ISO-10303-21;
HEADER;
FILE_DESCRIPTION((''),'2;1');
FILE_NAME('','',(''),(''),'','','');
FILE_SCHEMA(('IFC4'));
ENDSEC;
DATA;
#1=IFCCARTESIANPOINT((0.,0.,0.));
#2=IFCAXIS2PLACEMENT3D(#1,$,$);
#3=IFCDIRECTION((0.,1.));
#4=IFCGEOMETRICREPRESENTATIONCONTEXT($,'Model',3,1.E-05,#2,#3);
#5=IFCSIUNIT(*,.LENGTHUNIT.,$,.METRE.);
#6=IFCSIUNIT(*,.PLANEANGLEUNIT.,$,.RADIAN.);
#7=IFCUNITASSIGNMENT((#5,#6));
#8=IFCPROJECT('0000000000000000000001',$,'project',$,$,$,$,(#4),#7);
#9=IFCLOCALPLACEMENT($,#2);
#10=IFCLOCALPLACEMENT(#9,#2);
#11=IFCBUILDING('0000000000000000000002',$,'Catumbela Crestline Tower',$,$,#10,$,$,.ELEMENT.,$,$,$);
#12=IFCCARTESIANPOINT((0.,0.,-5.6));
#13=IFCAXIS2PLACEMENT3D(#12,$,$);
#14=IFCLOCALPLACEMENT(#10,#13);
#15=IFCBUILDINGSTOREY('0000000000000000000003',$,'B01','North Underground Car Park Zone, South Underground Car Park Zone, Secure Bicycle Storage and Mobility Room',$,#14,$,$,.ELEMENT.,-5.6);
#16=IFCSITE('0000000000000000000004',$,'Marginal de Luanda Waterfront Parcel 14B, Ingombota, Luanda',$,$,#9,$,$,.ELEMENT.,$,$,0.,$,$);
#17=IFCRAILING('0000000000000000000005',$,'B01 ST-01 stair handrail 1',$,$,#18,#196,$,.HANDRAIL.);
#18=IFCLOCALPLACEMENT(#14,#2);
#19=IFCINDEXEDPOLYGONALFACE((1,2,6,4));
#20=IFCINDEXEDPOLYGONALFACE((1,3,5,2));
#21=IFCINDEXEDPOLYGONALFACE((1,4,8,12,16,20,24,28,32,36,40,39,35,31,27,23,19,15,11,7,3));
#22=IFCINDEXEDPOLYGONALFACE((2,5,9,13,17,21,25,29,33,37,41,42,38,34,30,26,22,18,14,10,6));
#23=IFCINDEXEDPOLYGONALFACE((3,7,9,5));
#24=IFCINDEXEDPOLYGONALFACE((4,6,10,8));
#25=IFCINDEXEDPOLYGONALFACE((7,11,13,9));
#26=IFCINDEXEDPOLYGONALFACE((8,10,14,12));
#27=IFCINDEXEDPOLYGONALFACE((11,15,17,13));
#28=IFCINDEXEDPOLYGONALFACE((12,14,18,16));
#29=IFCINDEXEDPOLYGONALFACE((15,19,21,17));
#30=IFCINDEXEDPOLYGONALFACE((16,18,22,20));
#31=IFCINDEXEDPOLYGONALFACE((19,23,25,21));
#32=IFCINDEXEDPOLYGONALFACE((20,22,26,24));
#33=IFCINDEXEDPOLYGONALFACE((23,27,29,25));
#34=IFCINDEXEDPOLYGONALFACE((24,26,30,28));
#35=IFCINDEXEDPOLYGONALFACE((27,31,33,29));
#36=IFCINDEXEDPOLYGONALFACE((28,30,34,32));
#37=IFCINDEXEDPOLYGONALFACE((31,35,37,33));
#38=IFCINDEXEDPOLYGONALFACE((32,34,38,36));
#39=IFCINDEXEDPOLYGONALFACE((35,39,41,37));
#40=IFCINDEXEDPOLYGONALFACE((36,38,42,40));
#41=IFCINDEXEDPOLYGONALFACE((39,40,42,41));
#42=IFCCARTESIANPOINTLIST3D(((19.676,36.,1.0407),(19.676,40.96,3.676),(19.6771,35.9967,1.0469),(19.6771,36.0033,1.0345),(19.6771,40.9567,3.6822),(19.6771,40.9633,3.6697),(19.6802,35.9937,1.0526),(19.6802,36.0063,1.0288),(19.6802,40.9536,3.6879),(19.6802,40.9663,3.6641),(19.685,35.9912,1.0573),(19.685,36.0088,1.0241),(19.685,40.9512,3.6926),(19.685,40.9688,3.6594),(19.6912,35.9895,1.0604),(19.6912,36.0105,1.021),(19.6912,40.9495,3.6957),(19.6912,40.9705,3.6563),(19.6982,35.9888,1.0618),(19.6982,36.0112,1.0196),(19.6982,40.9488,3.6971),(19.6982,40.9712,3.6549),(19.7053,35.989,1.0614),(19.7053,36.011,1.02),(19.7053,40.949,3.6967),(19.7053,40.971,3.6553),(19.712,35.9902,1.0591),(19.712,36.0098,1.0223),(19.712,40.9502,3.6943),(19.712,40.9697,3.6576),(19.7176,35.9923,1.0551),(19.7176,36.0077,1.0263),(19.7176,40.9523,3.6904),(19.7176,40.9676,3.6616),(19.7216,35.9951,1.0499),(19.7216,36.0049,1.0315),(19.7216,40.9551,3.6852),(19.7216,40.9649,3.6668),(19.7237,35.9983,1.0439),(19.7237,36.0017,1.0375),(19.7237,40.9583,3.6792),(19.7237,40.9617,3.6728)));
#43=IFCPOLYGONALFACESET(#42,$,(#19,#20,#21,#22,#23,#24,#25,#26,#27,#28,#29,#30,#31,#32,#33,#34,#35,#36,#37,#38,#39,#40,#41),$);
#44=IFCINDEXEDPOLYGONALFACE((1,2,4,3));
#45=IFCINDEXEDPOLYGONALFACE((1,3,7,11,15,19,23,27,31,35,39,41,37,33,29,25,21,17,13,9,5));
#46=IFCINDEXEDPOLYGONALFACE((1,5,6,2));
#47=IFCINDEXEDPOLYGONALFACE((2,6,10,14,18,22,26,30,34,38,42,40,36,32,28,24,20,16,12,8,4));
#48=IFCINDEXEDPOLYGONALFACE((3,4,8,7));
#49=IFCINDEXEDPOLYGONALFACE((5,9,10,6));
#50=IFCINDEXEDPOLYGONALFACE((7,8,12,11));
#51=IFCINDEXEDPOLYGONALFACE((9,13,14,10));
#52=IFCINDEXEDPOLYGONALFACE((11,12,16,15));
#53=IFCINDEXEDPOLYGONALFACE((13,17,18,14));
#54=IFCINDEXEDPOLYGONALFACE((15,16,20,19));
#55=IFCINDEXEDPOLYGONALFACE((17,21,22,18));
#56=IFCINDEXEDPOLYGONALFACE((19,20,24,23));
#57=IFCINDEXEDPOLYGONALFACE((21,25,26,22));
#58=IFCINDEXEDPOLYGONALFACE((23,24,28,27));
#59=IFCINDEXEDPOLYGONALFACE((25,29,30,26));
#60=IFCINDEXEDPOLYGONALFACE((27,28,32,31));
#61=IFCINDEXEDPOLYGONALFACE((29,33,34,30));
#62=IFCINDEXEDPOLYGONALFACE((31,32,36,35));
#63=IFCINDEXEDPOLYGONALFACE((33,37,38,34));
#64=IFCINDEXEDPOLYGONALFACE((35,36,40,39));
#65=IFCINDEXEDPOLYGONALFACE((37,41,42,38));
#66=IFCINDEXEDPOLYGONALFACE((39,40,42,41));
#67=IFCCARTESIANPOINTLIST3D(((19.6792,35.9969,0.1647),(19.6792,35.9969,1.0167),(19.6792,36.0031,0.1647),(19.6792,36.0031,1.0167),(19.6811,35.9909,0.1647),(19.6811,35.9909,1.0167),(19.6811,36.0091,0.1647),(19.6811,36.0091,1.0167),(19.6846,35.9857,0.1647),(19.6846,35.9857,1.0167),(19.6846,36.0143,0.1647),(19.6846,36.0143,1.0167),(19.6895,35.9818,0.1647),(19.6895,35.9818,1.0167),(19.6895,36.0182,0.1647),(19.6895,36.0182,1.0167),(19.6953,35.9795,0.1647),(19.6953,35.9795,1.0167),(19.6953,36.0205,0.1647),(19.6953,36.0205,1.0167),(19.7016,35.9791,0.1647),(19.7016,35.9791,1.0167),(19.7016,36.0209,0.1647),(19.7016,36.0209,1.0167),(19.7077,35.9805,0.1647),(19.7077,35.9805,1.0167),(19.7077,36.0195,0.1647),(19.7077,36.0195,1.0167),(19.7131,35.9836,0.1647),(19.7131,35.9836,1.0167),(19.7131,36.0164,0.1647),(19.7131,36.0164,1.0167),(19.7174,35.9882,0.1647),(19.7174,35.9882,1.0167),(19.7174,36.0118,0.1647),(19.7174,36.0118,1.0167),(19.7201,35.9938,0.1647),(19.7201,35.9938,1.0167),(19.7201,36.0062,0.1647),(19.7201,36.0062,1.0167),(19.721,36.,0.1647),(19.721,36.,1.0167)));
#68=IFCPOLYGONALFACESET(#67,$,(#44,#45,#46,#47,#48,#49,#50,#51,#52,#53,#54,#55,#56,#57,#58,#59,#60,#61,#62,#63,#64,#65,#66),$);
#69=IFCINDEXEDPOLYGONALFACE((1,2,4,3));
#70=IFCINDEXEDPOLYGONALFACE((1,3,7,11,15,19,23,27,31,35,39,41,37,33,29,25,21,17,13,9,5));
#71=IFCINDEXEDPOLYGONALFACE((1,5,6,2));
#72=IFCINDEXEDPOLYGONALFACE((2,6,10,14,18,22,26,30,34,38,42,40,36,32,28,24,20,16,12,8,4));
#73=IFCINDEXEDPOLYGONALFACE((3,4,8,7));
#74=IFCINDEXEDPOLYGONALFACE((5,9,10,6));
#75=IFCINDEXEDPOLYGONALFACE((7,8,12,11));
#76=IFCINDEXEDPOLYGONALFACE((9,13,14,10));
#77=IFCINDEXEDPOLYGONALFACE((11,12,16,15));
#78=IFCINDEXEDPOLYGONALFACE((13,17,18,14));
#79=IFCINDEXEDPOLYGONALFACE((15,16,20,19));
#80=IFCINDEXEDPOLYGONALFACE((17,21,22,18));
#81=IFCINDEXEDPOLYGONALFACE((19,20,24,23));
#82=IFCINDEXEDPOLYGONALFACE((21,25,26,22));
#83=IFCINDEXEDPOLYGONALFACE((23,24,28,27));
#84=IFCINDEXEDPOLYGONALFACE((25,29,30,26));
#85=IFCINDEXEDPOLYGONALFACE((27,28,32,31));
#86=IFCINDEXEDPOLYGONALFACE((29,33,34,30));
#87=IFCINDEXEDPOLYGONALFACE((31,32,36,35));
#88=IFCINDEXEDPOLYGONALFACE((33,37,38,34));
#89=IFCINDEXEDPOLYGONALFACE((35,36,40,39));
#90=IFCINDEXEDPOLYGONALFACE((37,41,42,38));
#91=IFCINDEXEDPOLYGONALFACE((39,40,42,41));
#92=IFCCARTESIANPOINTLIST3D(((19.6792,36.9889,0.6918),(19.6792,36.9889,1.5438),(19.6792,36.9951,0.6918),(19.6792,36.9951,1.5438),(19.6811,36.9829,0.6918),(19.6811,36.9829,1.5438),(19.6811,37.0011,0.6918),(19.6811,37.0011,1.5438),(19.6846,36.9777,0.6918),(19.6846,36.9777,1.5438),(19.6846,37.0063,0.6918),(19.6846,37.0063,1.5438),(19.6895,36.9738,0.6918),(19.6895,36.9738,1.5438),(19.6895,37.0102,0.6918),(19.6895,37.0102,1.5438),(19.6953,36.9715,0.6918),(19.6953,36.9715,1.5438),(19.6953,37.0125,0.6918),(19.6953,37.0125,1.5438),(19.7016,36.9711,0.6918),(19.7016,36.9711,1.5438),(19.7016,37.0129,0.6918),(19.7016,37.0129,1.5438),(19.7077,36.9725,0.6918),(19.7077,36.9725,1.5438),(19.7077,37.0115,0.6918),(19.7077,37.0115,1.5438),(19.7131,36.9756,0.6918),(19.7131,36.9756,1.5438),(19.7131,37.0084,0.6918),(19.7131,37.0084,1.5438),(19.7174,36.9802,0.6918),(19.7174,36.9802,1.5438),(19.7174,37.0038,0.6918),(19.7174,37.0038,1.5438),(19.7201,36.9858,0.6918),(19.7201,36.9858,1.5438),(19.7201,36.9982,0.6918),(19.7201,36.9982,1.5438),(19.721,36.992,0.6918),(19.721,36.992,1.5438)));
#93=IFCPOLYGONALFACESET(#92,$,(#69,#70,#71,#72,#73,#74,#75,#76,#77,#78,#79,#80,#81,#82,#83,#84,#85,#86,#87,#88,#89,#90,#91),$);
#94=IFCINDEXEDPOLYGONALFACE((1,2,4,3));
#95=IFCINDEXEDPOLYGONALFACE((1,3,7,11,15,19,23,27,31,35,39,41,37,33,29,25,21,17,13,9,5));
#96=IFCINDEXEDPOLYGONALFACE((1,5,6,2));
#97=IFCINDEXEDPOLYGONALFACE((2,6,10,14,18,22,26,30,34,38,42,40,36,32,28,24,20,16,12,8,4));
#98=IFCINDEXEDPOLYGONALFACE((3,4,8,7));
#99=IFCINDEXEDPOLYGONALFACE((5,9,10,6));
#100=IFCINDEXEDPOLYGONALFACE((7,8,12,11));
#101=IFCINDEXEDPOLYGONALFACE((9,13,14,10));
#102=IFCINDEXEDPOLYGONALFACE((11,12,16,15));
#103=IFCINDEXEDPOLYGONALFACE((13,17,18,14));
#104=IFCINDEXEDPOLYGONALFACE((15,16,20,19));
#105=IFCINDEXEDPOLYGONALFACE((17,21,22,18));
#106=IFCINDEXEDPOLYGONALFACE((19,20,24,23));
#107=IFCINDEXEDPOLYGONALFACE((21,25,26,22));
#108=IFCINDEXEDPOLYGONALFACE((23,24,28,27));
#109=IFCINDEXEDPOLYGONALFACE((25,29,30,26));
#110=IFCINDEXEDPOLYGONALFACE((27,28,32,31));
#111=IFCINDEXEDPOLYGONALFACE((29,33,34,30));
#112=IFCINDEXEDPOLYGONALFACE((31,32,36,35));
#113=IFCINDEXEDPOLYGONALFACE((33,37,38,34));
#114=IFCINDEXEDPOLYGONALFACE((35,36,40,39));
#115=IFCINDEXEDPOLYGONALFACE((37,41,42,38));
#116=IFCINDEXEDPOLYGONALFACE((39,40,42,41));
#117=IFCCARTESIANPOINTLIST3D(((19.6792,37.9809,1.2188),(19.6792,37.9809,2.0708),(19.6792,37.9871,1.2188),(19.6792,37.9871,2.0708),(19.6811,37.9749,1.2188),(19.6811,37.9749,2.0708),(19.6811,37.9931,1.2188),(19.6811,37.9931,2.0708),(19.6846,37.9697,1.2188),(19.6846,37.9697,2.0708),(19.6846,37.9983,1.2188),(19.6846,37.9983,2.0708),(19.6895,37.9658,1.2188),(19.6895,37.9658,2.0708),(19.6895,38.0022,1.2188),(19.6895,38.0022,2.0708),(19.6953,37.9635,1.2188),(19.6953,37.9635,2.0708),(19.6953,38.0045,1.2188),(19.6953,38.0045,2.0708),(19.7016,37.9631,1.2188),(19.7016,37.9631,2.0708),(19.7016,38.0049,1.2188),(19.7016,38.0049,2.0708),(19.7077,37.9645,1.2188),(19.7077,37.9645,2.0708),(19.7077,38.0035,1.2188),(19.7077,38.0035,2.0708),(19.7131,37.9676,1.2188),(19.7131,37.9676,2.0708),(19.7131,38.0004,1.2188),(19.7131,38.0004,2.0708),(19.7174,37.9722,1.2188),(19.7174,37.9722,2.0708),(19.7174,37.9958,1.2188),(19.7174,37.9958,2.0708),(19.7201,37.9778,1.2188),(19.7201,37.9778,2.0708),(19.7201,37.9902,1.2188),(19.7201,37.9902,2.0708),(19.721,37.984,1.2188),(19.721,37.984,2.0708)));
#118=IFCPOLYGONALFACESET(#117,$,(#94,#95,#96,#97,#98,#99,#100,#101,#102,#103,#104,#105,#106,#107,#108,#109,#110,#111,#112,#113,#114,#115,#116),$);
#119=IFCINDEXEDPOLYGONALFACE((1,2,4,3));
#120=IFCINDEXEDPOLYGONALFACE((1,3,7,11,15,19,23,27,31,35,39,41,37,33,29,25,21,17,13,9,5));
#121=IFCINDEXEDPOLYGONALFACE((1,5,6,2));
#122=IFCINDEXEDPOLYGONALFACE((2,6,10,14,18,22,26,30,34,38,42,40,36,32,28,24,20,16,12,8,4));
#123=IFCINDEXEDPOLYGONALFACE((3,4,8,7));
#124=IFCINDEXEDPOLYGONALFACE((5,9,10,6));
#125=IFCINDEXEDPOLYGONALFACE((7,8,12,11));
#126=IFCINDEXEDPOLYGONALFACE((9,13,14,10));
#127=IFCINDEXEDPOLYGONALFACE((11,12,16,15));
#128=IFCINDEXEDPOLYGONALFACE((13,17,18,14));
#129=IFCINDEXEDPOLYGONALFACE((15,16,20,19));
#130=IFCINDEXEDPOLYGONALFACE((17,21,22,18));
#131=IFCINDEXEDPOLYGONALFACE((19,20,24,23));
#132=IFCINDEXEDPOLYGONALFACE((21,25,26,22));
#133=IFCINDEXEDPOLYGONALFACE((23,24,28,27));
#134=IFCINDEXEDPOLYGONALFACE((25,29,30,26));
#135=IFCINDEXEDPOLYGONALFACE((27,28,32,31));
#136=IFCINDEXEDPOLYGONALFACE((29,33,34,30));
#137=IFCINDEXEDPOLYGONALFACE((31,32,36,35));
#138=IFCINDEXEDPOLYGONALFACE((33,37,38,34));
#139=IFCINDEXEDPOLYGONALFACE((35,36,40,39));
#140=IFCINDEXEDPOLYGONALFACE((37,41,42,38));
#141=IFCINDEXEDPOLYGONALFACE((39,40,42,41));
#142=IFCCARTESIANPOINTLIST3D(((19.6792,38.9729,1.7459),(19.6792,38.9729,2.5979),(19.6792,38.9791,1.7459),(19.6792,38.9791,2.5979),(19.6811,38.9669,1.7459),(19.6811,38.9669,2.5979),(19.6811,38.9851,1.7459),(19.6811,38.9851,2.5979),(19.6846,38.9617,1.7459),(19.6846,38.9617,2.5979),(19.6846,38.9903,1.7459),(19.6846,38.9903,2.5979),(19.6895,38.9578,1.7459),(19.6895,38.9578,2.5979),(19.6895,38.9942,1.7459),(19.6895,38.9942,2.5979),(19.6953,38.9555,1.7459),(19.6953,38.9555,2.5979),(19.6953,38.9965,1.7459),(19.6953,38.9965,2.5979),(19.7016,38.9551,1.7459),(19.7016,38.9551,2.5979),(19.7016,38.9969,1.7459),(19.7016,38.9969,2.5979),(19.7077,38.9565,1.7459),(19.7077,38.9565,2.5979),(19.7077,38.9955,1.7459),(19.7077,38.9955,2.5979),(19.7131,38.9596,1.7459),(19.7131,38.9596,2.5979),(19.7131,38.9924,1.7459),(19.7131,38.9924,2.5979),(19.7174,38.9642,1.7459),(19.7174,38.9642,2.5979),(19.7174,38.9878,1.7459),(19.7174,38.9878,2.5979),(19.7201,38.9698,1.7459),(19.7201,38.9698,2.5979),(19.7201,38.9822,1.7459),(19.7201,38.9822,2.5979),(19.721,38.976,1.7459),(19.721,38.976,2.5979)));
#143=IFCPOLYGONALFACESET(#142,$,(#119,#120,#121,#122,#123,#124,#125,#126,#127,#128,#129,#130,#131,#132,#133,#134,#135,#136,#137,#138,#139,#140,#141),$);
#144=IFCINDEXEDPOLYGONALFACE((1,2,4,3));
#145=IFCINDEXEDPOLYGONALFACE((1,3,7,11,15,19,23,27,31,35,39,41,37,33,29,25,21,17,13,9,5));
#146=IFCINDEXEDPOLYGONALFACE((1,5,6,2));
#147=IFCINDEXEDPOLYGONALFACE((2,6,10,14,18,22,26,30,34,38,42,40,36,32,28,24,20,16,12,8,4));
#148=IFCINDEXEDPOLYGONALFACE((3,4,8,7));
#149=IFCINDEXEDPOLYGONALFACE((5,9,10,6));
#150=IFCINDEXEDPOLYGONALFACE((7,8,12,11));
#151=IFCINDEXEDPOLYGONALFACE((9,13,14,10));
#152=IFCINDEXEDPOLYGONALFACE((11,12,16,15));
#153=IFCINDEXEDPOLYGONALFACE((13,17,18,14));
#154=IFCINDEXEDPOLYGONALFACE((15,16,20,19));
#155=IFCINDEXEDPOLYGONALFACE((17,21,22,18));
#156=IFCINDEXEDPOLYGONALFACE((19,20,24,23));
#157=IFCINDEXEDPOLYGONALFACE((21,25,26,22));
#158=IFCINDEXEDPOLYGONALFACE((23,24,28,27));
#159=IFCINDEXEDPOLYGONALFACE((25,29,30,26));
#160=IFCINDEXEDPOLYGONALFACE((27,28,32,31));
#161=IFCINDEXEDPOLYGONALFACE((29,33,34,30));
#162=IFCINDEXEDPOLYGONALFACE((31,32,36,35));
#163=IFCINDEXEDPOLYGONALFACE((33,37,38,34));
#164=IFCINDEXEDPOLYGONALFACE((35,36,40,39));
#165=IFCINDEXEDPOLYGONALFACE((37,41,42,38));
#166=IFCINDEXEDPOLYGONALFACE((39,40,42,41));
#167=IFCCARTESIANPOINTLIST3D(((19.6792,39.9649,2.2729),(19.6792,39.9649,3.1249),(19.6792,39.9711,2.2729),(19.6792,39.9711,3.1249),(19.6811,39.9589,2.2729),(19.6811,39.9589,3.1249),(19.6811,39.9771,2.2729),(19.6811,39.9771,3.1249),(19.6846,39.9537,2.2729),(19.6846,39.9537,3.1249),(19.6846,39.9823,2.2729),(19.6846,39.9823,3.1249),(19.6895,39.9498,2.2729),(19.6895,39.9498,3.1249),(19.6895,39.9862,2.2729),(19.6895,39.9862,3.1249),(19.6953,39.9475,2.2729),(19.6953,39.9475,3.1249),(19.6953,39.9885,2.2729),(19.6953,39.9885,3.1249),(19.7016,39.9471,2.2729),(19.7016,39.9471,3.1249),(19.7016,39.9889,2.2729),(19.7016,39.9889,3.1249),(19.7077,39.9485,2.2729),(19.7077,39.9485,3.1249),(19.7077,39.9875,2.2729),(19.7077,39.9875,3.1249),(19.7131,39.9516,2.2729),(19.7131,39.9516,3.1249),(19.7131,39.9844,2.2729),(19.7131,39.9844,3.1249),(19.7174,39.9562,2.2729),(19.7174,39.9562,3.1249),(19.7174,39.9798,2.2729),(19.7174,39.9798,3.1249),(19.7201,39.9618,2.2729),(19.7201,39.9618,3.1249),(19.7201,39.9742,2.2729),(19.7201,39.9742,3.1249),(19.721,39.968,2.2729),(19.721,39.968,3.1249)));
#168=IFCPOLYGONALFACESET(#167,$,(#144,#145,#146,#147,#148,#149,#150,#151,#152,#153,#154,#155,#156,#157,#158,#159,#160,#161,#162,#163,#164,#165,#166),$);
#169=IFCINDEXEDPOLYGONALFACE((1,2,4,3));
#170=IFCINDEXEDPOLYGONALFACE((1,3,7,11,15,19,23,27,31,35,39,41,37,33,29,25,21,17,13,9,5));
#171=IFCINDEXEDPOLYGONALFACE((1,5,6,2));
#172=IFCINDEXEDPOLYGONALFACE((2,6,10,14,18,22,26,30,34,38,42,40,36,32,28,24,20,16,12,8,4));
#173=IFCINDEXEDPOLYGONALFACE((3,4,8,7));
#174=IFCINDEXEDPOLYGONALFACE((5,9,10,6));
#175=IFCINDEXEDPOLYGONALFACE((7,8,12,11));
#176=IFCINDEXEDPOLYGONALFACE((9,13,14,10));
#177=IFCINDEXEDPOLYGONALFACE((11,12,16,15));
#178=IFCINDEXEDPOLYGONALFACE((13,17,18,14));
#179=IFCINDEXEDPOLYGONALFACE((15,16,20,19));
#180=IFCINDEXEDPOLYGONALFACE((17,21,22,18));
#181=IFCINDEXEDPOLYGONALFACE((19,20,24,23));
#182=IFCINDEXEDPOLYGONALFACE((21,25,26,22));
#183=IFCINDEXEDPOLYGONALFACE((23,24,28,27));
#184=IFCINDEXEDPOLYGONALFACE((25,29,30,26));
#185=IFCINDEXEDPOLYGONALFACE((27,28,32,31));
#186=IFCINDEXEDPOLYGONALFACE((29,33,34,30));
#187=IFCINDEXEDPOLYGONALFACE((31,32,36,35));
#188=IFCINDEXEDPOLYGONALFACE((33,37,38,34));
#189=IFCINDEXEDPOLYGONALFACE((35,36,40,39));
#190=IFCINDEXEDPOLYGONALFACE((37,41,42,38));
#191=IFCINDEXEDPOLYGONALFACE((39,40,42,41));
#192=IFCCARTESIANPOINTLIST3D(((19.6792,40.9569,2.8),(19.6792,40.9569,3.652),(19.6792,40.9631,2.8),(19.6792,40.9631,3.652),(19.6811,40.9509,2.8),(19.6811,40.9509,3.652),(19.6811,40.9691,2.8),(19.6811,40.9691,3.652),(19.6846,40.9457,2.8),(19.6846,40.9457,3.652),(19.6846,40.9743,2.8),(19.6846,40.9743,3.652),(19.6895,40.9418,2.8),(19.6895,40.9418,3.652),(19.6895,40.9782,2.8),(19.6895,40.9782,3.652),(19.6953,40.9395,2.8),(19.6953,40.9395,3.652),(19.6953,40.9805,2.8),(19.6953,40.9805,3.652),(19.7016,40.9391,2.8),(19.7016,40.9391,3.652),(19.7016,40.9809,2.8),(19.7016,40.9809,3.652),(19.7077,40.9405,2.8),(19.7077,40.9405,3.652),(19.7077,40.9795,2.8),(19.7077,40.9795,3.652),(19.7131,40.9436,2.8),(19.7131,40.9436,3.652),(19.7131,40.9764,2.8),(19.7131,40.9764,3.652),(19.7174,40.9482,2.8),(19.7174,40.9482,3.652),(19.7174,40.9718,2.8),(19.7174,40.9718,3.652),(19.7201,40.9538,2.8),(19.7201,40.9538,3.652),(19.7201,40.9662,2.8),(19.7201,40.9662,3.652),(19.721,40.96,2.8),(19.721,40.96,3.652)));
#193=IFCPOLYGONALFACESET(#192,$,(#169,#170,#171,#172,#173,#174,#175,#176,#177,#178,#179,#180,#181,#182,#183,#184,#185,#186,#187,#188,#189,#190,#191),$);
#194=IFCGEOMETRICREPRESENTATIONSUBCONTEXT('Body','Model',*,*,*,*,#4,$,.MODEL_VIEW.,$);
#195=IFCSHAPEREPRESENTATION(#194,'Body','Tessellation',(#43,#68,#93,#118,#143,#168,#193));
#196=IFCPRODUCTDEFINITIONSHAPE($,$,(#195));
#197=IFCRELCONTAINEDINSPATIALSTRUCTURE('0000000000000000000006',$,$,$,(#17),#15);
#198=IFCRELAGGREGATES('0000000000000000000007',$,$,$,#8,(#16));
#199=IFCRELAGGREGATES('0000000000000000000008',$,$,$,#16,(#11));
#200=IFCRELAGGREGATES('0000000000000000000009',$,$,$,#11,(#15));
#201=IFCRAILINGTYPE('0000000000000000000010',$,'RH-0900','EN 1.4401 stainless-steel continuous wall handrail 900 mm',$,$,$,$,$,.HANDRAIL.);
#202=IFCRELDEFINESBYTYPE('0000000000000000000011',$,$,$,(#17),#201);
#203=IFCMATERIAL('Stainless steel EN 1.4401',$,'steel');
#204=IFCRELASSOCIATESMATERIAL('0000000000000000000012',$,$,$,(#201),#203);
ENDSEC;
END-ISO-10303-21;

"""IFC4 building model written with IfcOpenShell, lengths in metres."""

from ifc_helpers import new_model, si_unit, direction, frame, origin, origin_2d, place, context, subcontext, project, spatial, circle, extrude, material, type_object, element, save


model = new_model("IFC4")

# Units and contexts
model_context = context("Model", 3, precision=1e-05, world=origin(), true_north=direction((0.0, 1.0)))
body_context = subcontext(model_context, "Body", "Model", "MODEL_VIEW")
ifc_project = project(units=[si_unit("LENGTHUNIT", "METRE"), si_unit("PLANEANGLEUNIT", "RADIAN")], contexts=[model_context])

# Site, building, storey
site_placement = place(None, origin())
site = spatial("IfcSite", under=ifc_project, at=site_placement, Name="Marginal de Luanda Waterfront Parcel 14B, Ingombota, Luanda", CompositionType="ELEMENT", RefElevation=0.0)
building_placement = place(site_placement, origin())
building = spatial("IfcBuilding", under=site, at=building_placement, Name="Catumbela Crestline Tower", CompositionType="ELEMENT")
storey_placement = place(building_placement, frame((0.0, 0.0, -5.6)))
storey = spatial("IfcBuildingStorey", under=building, at=storey_placement, Name="B01", Description="North Underground Car Park Zone, South Underground Car Park Zone, Secure Bicycle Storage and Mobility Room", CompositionType="ELEMENT", Elevation=-5.6)

# Shared definitions
ifc_material_1 = material(Name="Stainless steel EN 1.4401", Category="steel")

# Railing
railing_type_1 = type_object("IfcRailingType", Name="RH-0900", Description="EN 1.4401 stainless-steel continuous wall handrail 900 mm", PredefinedType="HANDRAIL", material=ifc_material_1)
railing_1_placement = place(storey_placement, frame((19.7, 36.0, 0.1647)))
element("IfcRailing", 1, at=railing_1_placement, inside=storey, type_object=railing_type_1, Name="B01 ST-01 stair handrail 1", PredefinedType="HANDRAIL", context=body_context, shape_type="SweptSolid", body=[
    extrude(circle(Radius=0.024, at=origin_2d()), frame((0.0, 0.0, 0.876), z_axis=(0.0, 0.883094, 0.469197), x_axis=(-1.0, 0.0, 0.0)), (0.0, 0.0, 1.0), 5.6166),
    extrude(circle(Radius=0.021, at=origin_2d()), origin(), (0.0, 0.0, 1.0), 0.852),
    extrude(circle(Radius=0.021, at=origin_2d()), frame((0.0, 0.992, 0.5271)), (0.0, 0.0, 1.0), 0.852),
    extrude(circle(Radius=0.021, at=origin_2d()), frame((0.0, 1.984, 1.0541)), (0.0, 0.0, 1.0), 0.852),
    extrude(circle(Radius=0.021, at=origin_2d()), frame((0.0, 2.976, 1.5812)), (0.0, 0.0, 1.0), 0.852),
    extrude(circle(Radius=0.021, at=origin_2d()), frame((0.0, 3.968, 2.1082)), (0.0, 0.0, 1.0), 0.852),
    extrude(circle(Radius=0.021, at=origin_2d()), frame((0.0, 4.96, 2.6353)), (0.0, 0.0, 1.0), 0.852),
])

save(model, "model.ifc")
